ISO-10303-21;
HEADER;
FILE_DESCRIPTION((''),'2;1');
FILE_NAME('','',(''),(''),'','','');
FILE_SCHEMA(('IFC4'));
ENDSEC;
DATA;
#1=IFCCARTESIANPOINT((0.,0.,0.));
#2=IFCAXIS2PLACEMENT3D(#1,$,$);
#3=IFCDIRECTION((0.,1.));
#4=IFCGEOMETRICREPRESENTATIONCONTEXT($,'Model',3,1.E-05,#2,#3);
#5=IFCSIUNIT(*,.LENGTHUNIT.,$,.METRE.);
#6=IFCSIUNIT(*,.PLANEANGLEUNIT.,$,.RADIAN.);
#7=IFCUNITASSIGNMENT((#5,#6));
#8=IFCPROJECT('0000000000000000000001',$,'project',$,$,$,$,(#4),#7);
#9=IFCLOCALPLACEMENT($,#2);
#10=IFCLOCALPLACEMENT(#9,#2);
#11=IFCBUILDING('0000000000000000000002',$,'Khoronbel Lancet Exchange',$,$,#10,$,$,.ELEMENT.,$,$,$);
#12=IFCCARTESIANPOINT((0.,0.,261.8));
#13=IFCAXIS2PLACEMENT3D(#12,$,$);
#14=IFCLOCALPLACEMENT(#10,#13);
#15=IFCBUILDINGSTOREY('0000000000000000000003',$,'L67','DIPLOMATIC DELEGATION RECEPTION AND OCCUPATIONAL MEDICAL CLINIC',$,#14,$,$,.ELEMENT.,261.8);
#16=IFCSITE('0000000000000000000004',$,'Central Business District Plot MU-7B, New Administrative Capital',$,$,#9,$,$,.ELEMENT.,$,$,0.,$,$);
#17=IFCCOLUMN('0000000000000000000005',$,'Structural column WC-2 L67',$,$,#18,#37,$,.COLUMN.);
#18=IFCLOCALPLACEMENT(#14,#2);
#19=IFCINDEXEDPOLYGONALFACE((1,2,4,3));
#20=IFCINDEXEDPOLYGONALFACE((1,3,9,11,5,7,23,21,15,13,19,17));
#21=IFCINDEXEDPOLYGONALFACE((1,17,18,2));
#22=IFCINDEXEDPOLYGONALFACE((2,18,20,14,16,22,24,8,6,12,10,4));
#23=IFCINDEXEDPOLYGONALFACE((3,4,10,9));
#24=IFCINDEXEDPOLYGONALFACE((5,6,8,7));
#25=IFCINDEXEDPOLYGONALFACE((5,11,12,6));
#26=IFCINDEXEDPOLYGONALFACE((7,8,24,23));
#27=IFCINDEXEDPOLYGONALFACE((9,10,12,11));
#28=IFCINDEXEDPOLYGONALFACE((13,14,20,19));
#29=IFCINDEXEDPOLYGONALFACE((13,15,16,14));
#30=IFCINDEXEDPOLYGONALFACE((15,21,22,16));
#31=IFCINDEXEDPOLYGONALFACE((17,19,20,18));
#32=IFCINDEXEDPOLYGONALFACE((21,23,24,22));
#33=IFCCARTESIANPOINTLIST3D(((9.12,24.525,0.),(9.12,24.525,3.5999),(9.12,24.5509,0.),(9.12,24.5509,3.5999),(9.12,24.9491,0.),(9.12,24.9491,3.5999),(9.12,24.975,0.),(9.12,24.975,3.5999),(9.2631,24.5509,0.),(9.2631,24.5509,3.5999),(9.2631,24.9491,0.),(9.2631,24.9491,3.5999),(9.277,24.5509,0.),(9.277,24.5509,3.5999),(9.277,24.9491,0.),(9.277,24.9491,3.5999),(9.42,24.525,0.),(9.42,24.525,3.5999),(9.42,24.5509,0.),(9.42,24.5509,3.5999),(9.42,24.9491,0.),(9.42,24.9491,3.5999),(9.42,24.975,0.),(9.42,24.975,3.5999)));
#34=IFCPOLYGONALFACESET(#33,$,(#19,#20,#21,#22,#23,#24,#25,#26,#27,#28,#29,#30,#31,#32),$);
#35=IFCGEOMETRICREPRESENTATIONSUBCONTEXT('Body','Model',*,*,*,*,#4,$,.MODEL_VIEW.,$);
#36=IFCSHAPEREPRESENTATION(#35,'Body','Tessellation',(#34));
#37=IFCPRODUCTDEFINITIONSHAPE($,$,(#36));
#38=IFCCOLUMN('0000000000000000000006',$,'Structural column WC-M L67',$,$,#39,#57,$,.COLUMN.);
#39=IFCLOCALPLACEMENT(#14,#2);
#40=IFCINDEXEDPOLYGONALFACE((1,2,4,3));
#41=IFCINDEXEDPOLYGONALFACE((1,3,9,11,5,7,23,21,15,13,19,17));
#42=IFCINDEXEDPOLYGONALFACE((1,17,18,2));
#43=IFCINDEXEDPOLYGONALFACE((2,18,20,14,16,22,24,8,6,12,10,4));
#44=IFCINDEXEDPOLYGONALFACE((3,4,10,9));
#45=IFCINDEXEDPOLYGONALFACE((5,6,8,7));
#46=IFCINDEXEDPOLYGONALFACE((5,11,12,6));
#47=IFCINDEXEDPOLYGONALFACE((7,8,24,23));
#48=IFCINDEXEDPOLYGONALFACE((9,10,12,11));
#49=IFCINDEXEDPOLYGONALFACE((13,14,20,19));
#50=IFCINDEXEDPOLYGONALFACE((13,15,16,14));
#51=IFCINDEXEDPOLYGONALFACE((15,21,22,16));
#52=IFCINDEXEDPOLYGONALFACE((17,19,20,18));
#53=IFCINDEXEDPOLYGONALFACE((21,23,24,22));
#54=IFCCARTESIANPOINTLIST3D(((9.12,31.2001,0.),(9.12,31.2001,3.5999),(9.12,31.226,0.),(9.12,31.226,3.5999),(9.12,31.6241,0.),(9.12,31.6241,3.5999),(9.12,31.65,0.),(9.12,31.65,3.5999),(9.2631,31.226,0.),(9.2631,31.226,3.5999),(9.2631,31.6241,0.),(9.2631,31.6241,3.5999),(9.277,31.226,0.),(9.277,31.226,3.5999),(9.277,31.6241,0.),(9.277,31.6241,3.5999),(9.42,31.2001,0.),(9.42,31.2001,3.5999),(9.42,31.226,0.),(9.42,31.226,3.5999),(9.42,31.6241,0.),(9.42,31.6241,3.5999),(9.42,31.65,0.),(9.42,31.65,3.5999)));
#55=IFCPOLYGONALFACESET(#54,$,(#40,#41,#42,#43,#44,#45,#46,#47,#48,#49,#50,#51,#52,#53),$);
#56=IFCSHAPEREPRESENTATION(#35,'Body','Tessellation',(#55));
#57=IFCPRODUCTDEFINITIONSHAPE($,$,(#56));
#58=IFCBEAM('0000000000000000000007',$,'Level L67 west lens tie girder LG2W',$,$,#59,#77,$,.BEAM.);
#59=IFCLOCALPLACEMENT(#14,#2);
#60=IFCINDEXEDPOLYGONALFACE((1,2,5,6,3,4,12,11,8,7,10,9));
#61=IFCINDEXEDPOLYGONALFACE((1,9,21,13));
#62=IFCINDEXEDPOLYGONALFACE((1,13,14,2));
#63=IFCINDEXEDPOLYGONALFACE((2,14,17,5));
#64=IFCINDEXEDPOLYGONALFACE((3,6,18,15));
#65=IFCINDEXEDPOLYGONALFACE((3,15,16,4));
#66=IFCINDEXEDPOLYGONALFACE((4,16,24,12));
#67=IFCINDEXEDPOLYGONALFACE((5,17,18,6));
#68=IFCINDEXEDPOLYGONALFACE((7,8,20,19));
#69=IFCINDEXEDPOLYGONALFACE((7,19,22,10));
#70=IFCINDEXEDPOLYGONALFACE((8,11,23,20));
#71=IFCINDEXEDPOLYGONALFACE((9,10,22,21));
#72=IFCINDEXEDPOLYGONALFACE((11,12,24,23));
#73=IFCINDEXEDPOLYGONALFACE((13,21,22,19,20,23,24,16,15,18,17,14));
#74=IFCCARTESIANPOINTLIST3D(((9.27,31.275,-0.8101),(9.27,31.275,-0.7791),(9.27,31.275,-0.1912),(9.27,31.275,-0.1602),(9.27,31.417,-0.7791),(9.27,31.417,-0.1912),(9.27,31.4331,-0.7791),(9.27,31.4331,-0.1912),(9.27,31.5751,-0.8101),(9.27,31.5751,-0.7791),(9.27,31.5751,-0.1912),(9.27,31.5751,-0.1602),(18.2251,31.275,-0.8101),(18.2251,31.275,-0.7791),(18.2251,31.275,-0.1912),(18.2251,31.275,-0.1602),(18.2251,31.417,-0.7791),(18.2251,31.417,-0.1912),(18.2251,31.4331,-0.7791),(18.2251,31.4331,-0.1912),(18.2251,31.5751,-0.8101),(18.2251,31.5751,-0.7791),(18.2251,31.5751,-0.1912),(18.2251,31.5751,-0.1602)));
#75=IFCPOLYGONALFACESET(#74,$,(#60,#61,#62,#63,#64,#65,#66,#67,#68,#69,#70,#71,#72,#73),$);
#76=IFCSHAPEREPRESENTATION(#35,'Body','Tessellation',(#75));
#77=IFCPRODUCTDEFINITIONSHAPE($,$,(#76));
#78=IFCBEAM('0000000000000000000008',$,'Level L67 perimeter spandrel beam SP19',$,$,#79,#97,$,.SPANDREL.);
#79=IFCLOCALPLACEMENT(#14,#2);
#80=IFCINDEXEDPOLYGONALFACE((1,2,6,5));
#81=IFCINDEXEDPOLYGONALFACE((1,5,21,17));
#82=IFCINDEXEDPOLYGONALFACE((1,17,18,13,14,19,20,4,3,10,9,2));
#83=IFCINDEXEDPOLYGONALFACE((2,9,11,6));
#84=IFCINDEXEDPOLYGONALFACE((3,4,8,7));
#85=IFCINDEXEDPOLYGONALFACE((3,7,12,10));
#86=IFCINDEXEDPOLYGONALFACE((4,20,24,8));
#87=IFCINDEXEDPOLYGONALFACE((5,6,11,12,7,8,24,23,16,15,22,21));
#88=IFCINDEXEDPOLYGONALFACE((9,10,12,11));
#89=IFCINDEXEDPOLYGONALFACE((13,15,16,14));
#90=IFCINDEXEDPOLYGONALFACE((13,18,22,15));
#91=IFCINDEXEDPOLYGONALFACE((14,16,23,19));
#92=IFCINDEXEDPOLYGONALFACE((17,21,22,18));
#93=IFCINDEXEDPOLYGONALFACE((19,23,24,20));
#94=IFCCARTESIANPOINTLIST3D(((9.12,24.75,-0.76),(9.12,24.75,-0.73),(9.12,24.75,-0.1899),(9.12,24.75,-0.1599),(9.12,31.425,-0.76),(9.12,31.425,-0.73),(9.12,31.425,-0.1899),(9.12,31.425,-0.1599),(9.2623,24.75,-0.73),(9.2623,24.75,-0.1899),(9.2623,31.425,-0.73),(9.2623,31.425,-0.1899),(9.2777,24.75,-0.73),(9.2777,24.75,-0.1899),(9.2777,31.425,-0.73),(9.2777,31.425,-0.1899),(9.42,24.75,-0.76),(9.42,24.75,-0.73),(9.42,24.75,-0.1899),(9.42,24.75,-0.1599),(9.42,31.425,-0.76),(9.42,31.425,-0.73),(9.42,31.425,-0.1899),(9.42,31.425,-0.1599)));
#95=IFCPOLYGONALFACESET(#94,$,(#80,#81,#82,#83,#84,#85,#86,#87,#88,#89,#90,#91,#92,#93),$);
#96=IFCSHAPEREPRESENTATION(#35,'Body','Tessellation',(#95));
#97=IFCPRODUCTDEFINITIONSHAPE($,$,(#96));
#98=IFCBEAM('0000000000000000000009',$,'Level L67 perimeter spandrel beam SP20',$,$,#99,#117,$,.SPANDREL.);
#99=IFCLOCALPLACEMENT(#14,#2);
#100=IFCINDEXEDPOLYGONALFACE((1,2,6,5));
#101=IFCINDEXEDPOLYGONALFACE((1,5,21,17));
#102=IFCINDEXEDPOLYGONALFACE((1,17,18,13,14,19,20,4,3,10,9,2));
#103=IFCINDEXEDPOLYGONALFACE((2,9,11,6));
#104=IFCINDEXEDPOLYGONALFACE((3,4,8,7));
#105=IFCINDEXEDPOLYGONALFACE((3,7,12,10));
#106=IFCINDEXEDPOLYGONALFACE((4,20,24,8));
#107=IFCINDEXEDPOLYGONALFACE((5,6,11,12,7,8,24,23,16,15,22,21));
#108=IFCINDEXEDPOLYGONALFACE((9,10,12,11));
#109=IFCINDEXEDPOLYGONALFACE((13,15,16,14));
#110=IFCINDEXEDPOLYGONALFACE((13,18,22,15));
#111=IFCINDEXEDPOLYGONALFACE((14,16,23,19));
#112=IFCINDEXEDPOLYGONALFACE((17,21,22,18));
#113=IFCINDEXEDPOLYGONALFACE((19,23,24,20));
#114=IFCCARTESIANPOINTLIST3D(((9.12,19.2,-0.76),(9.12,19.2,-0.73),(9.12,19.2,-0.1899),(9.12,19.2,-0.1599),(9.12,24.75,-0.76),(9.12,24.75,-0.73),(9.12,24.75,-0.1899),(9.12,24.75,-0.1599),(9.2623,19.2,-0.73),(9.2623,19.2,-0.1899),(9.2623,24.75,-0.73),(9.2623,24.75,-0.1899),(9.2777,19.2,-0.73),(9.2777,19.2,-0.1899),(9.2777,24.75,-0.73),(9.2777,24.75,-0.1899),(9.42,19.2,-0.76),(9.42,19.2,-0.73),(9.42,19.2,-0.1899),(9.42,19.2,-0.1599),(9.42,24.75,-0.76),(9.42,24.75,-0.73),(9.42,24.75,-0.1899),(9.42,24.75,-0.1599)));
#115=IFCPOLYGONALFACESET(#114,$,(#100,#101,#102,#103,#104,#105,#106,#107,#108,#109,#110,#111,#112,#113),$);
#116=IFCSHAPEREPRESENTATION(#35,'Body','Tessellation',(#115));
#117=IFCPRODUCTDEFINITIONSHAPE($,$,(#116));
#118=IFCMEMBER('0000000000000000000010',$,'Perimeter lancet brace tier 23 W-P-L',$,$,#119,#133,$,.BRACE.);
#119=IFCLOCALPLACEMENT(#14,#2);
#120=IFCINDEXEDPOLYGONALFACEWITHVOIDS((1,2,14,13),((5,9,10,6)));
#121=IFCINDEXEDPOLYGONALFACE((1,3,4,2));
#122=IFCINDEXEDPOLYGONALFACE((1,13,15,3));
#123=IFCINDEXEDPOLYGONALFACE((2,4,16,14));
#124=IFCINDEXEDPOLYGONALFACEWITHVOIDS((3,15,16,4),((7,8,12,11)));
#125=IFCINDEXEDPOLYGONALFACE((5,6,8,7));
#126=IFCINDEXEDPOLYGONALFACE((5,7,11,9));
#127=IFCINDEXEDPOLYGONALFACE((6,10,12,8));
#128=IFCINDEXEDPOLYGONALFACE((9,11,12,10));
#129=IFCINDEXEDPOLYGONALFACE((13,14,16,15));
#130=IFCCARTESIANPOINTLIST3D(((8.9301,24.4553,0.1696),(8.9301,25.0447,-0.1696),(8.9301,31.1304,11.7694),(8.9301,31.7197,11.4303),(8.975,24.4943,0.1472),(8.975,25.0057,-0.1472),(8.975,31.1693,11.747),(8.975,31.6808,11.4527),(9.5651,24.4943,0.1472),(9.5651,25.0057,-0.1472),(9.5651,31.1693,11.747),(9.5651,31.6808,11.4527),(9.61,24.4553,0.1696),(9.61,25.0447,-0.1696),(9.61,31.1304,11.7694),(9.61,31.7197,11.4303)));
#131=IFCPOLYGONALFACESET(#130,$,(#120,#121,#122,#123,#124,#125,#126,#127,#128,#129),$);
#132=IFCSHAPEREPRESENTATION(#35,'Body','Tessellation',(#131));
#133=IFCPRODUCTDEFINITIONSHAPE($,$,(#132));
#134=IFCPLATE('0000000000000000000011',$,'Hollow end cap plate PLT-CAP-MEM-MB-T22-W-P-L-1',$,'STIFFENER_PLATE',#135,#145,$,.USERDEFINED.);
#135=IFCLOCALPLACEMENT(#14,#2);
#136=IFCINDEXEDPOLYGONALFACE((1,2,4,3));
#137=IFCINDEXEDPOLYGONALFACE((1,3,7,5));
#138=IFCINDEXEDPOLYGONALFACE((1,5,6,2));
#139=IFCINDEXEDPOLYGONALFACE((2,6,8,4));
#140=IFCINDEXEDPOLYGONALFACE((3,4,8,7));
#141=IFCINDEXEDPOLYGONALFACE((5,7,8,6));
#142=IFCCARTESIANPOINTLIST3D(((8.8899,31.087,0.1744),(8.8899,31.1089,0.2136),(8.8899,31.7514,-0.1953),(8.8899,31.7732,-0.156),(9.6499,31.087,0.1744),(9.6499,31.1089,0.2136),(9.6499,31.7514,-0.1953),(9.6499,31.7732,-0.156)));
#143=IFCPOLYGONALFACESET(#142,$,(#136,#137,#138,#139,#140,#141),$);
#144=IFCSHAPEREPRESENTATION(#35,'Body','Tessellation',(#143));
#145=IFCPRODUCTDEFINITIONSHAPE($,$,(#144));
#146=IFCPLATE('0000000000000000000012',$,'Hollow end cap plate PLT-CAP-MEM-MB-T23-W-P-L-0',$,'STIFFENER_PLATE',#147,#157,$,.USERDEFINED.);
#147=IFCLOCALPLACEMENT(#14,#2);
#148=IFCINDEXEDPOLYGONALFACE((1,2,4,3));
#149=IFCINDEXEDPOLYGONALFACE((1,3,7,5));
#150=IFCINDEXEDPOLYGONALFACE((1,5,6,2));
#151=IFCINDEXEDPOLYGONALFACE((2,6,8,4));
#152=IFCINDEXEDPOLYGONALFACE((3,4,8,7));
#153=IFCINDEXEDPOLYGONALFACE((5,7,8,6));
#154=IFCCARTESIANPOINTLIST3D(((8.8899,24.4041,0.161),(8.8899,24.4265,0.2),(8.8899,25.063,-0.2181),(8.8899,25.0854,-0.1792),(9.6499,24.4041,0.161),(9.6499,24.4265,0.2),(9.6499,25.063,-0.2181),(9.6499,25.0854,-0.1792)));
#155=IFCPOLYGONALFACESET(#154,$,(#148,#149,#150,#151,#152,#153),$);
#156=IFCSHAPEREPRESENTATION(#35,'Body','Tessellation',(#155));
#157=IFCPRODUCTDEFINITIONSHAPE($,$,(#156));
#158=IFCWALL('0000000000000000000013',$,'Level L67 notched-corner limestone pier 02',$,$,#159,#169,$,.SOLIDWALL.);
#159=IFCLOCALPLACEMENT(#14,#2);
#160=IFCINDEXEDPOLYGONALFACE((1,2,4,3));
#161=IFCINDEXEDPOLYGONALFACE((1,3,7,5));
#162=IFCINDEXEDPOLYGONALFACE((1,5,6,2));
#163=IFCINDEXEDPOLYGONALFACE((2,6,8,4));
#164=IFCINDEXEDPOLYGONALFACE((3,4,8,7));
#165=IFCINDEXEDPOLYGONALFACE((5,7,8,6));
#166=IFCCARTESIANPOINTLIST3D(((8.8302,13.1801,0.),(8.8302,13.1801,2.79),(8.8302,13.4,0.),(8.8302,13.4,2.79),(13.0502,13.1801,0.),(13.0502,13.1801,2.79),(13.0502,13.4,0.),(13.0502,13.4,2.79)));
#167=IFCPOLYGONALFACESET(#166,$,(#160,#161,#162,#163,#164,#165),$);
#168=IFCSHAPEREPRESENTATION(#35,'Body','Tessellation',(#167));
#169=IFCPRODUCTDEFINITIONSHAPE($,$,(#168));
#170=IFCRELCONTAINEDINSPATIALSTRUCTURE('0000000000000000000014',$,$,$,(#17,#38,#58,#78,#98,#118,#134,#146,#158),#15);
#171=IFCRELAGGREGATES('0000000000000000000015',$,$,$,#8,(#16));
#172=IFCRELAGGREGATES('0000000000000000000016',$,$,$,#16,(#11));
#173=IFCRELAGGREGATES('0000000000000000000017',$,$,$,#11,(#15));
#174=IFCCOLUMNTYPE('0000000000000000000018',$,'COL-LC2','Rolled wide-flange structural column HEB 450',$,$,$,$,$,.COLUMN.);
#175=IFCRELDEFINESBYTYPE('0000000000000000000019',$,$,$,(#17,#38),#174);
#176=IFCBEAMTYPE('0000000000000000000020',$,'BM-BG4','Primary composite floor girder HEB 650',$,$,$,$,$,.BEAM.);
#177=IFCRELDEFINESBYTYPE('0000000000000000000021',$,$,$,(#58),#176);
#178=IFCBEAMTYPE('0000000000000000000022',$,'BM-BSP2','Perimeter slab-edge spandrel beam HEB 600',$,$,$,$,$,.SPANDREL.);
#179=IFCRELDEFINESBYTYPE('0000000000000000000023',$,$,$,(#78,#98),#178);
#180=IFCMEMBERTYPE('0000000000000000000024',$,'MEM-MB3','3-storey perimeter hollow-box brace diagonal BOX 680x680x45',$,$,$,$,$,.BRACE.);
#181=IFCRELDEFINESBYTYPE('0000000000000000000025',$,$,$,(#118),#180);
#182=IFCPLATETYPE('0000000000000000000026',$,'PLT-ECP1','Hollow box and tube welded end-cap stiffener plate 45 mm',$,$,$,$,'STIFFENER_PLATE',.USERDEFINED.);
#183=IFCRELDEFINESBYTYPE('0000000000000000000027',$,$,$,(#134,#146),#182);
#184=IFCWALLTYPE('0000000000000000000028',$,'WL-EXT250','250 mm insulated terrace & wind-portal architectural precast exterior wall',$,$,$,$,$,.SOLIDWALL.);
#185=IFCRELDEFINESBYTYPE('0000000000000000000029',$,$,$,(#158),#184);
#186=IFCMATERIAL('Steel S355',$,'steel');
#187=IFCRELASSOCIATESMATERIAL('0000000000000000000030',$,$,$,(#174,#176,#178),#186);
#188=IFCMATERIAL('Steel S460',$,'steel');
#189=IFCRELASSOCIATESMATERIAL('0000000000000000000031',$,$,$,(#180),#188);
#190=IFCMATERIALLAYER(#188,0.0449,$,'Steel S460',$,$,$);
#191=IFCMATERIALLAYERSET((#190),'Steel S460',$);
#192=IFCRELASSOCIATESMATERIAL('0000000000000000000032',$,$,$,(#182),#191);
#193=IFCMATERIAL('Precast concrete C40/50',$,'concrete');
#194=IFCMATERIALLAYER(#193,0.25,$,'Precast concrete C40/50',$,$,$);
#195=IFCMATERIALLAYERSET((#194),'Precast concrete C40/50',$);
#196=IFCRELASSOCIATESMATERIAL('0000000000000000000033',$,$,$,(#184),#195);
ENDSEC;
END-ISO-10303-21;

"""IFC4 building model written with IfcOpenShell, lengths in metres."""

from ifc_helpers import new_model, si_unit, direction, frame, frame_2d, origin, origin_2d, place, context, subcontext, project, spatial, polyline, rectangle, hollow_rectangle, i_section, outline, extrude, material, layer, layer_set, material_profile, profile_set, type_object, element, save


model = new_model("IFC4")

# Units and contexts
model_context = context("Model", 3, precision=1e-05, world=origin(), true_north=direction((0.0, 1.0)))
body_context = subcontext(model_context, "Body", "Model", "MODEL_VIEW")
ifc_project = project(units=[si_unit("LENGTHUNIT", "METRE"), si_unit("PLANEANGLEUNIT", "RADIAN")], contexts=[model_context])

# Site, building, storey
site_placement = place(None, origin())
site = spatial("IfcSite", under=ifc_project, at=site_placement, Name="Central Business District Plot MU-7B, New Administrative Capital", CompositionType="ELEMENT", RefElevation=0.0)
building_placement = place(site_placement, origin())
building = spatial("IfcBuilding", under=site, at=building_placement, Name="Khoronbel Lancet Exchange", CompositionType="ELEMENT")
storey_placement = place(building_placement, frame((0.0, 0.0, 261.8)))
storey = spatial("IfcBuildingStorey", under=building, at=storey_placement, Name="L67", Description="DIPLOMATIC DELEGATION RECEPTION AND OCCUPATIONAL MEDICAL CLINIC", CompositionType="ELEMENT", Elevation=261.8)

# Columns
ifc_material_1 = material(Name="Steel S355", Category="steel")
ifc_material_profile_1 = material_profile(ifc_material_1, i_section(OverallWidth=0.3, OverallDepth=0.45, WebThickness=0.0139, FlangeThickness=0.0259, at=origin_2d()), Name="HEB 450")
ifc_profile_set_1 = profile_set([ifc_material_profile_1], Name="Steel S355")
column_type = type_object("IfcColumnType", Name="COL-LC2", Description="Rolled wide-flange structural column HEB 450", PredefinedType="COLUMN", material=ifc_profile_set_1)
for number, where, z_axis, x_axis, name in (
    (1, (9.27, 24.75, 0.0), (0.0, 0.0, 1.0), (1.0, 0.0, 0.0), "Structural column WC-2 L67"),
    (2, (9.27, 31.425, 0.0), (0.0, 0.0, 1.0), (1.0, 0.0, 0.0), "Structural column WC-M L67"),
):
    element("IfcColumn", number, at=place(storey_placement, frame(where, z_axis=z_axis, x_axis=x_axis)), inside=storey, type_object=column_type, Name=name, PredefinedType="COLUMN", context=body_context, shape_type="SweptSolid", body=[
        extrude(i_section(OverallWidth=0.3, OverallDepth=0.45, WebThickness=0.0139, FlangeThickness=0.0259, at=origin_2d()), origin(), (0.0, 0.0, 1.0), 3.5999),
    ])

# Beams
ifc_material_profile_2 = material_profile(ifc_material_1, i_section(OverallWidth=0.3, OverallDepth=0.6499, WebThickness=0.0161, FlangeThickness=0.031, at=origin_2d()), Name="HEB 650")
ifc_profile_set_2 = profile_set([ifc_material_profile_2], Name="Steel S355")
beam_type_1 = type_object("IfcBeamType", Name="BM-BG4", Description="Primary composite floor girder HEB 650", PredefinedType="BEAM", material=ifc_profile_set_2)
beam_1_placement = place(storey_placement, frame((9.27, 31.425, -0.4851), z_axis=(1.0, 0.0, 0.0), x_axis=(0.0, 1.0, 0.0)))
element("IfcBeam", 3, at=beam_1_placement, inside=storey, type_object=beam_type_1, Name="Level L67 west lens tie girder LG2W", PredefinedType="BEAM", context=body_context, shape_type="SweptSolid", body=[
    extrude(i_section(OverallWidth=0.3, OverallDepth=0.6499, WebThickness=0.0161, FlangeThickness=0.031, at=origin_2d()), origin(), (0.0, 0.0, 1.0), 8.9551),
])
ifc_material_profile_3 = material_profile(ifc_material_1, i_section(OverallWidth=0.3, OverallDepth=0.6001, WebThickness=0.0154, FlangeThickness=0.03, at=origin_2d()), Name="HEB 600")
ifc_profile_set_3 = profile_set([ifc_material_profile_3], Name="Steel S355")
beam_type_2 = type_object("IfcBeamType", Name="BM-BSP2", Description="Perimeter slab-edge spandrel beam HEB 600", PredefinedType="SPANDREL", material=ifc_profile_set_3)
beam_2_placement = place(storey_placement, frame((9.27, 31.425, -0.46), z_axis=(0.0, -1.0, 0.0), x_axis=(1.0, 0.0, 0.0)))
element("IfcBeam", 4, at=beam_2_placement, inside=storey, type_object=beam_type_2, Name="Level L67 perimeter spandrel beam SP19", PredefinedType="SPANDREL", context=body_context, shape_type="SweptSolid", body=[
    extrude(i_section(OverallWidth=0.3, OverallDepth=0.6001, WebThickness=0.0154, FlangeThickness=0.03, at=origin_2d()), origin(), (0.0, 0.0, 1.0), 6.675),
])
beam_3_placement = place(storey_placement, frame((9.27, 24.75, -0.46), z_axis=(0.0, -1.0, 0.0), x_axis=(1.0, 0.0, 0.0)))
element("IfcBeam", 5, at=beam_3_placement, inside=storey, type_object=beam_type_2, Name="Level L67 perimeter spandrel beam SP20", PredefinedType="SPANDREL", context=body_context, shape_type="SweptSolid", body=[
    extrude(i_section(OverallWidth=0.3, OverallDepth=0.6001, WebThickness=0.0154, FlangeThickness=0.03, at=origin_2d()), origin(), (0.0, 0.0, 1.0), 5.55),
])

# Member
ifc_material_2 = material(Name="Steel S460", Category="steel")
ifc_material_profile_4 = material_profile(ifc_material_2, hollow_rectangle(XDim=0.6799, YDim=0.6799, WallThickness=0.0449, at=origin_2d()), Name="BOX 680x680x45")
ifc_profile_set_4 = profile_set([ifc_material_profile_4], Name="Steel S460")
member_type = type_object("IfcMemberType", Name="MEM-MB3", Description="3-storey perimeter hollow-box brace diagonal BOX 680x680x45", PredefinedType="BRACE", material=ifc_profile_set_4)
member_placement = place(storey_placement, frame((9.27, 24.75, 0.0), z_axis=(0.0, 0.498759, 0.866741), x_axis=(-1.0, 0.0, 0.0)))
element("IfcMember", 6, at=member_placement, inside=storey, type_object=member_type, Name="Perimeter lancet brace tier 23 W-P-L", PredefinedType="BRACE", context=body_context, shape_type="SweptSolid", body=[
    extrude(hollow_rectangle(XDim=0.6799, YDim=0.6799, WallThickness=0.0449, at=origin_2d()), origin(), (0.0, 0.0, 1.0), 13.3833),
])

# Plates
ifc_layer_1 = layer(ifc_material_2, 0.0449, Name="Steel S460")
ifc_layer_set_1 = layer_set([ifc_layer_1], Name="Steel S460")
plate_type = type_object("IfcPlateType", Name="PLT-ECP1", Description="Hollow box and tube welded end-cap stiffener plate 45 mm", ElementType="STIFFENER_PLATE", PredefinedType="USERDEFINED", material=ifc_layer_set_1)
for number, where, z_axis, x_axis, name in (
    (7, (9.6499, 31.7732, -0.156), (0.0, 0.486215, 0.873839), (-1.0, 0.0, 0.0), "Hollow end cap plate PLT-CAP-MEM-MB-T22-W-P-L-1"),
    (8, (9.6499, 25.0854, -0.1792), (0.0, 0.498731, 0.866757), (-1.0, 0.0, 0.0), "Hollow end cap plate PLT-CAP-MEM-MB-T23-W-P-L-0"),
):
    element("IfcPlate", number, at=place(storey_placement, frame(where, z_axis=z_axis, x_axis=x_axis)), inside=storey, type_object=plate_type, Name=name, ObjectType="STIFFENER_PLATE", PredefinedType="USERDEFINED", context=body_context, shape_type="SweptSolid", body=[
        extrude(outline(polyline([(0.0, 0.0), (0.76, 0.0), (0.76, 0.7603), (0.0, 0.7603), (0.0, 0.0)])), origin(), (0.0, 0.0, -1.0), 0.0449),
    ])

# Wall
ifc_material_3 = material(Name="Precast concrete C40/50", Category="concrete")
ifc_layer_2 = layer(ifc_material_3, 0.25, Name="Precast concrete C40/50")
ifc_layer_set_2 = layer_set([ifc_layer_2], Name="Precast concrete C40/50")
wall_type_1 = type_object("IfcWallType", Name="WL-EXT250", Description="250 mm insulated terrace & wind-portal architectural precast exterior wall", PredefinedType="SOLIDWALL", material=ifc_layer_set_2)
wall_1_placement = place(storey_placement, frame((13.05, 13.29, 0.0), z_axis=(0.0, 0.0, 1.0), x_axis=(-1.0, 0.0, 0.0)))
element("IfcWall", 9, at=wall_1_placement, inside=storey, type_object=wall_type_1, Name="Level L67 notched-corner limestone pier 02", PredefinedType="SOLIDWALL", context=body_context, shape_type="SweptSolid", body=[
    extrude(rectangle(XDim=4.22, YDim=0.22, at=frame_2d((2.1099, 0.0))), origin(), (0.0, 0.0, 1.0), 2.79),
])

save(model, "model.ifc")
